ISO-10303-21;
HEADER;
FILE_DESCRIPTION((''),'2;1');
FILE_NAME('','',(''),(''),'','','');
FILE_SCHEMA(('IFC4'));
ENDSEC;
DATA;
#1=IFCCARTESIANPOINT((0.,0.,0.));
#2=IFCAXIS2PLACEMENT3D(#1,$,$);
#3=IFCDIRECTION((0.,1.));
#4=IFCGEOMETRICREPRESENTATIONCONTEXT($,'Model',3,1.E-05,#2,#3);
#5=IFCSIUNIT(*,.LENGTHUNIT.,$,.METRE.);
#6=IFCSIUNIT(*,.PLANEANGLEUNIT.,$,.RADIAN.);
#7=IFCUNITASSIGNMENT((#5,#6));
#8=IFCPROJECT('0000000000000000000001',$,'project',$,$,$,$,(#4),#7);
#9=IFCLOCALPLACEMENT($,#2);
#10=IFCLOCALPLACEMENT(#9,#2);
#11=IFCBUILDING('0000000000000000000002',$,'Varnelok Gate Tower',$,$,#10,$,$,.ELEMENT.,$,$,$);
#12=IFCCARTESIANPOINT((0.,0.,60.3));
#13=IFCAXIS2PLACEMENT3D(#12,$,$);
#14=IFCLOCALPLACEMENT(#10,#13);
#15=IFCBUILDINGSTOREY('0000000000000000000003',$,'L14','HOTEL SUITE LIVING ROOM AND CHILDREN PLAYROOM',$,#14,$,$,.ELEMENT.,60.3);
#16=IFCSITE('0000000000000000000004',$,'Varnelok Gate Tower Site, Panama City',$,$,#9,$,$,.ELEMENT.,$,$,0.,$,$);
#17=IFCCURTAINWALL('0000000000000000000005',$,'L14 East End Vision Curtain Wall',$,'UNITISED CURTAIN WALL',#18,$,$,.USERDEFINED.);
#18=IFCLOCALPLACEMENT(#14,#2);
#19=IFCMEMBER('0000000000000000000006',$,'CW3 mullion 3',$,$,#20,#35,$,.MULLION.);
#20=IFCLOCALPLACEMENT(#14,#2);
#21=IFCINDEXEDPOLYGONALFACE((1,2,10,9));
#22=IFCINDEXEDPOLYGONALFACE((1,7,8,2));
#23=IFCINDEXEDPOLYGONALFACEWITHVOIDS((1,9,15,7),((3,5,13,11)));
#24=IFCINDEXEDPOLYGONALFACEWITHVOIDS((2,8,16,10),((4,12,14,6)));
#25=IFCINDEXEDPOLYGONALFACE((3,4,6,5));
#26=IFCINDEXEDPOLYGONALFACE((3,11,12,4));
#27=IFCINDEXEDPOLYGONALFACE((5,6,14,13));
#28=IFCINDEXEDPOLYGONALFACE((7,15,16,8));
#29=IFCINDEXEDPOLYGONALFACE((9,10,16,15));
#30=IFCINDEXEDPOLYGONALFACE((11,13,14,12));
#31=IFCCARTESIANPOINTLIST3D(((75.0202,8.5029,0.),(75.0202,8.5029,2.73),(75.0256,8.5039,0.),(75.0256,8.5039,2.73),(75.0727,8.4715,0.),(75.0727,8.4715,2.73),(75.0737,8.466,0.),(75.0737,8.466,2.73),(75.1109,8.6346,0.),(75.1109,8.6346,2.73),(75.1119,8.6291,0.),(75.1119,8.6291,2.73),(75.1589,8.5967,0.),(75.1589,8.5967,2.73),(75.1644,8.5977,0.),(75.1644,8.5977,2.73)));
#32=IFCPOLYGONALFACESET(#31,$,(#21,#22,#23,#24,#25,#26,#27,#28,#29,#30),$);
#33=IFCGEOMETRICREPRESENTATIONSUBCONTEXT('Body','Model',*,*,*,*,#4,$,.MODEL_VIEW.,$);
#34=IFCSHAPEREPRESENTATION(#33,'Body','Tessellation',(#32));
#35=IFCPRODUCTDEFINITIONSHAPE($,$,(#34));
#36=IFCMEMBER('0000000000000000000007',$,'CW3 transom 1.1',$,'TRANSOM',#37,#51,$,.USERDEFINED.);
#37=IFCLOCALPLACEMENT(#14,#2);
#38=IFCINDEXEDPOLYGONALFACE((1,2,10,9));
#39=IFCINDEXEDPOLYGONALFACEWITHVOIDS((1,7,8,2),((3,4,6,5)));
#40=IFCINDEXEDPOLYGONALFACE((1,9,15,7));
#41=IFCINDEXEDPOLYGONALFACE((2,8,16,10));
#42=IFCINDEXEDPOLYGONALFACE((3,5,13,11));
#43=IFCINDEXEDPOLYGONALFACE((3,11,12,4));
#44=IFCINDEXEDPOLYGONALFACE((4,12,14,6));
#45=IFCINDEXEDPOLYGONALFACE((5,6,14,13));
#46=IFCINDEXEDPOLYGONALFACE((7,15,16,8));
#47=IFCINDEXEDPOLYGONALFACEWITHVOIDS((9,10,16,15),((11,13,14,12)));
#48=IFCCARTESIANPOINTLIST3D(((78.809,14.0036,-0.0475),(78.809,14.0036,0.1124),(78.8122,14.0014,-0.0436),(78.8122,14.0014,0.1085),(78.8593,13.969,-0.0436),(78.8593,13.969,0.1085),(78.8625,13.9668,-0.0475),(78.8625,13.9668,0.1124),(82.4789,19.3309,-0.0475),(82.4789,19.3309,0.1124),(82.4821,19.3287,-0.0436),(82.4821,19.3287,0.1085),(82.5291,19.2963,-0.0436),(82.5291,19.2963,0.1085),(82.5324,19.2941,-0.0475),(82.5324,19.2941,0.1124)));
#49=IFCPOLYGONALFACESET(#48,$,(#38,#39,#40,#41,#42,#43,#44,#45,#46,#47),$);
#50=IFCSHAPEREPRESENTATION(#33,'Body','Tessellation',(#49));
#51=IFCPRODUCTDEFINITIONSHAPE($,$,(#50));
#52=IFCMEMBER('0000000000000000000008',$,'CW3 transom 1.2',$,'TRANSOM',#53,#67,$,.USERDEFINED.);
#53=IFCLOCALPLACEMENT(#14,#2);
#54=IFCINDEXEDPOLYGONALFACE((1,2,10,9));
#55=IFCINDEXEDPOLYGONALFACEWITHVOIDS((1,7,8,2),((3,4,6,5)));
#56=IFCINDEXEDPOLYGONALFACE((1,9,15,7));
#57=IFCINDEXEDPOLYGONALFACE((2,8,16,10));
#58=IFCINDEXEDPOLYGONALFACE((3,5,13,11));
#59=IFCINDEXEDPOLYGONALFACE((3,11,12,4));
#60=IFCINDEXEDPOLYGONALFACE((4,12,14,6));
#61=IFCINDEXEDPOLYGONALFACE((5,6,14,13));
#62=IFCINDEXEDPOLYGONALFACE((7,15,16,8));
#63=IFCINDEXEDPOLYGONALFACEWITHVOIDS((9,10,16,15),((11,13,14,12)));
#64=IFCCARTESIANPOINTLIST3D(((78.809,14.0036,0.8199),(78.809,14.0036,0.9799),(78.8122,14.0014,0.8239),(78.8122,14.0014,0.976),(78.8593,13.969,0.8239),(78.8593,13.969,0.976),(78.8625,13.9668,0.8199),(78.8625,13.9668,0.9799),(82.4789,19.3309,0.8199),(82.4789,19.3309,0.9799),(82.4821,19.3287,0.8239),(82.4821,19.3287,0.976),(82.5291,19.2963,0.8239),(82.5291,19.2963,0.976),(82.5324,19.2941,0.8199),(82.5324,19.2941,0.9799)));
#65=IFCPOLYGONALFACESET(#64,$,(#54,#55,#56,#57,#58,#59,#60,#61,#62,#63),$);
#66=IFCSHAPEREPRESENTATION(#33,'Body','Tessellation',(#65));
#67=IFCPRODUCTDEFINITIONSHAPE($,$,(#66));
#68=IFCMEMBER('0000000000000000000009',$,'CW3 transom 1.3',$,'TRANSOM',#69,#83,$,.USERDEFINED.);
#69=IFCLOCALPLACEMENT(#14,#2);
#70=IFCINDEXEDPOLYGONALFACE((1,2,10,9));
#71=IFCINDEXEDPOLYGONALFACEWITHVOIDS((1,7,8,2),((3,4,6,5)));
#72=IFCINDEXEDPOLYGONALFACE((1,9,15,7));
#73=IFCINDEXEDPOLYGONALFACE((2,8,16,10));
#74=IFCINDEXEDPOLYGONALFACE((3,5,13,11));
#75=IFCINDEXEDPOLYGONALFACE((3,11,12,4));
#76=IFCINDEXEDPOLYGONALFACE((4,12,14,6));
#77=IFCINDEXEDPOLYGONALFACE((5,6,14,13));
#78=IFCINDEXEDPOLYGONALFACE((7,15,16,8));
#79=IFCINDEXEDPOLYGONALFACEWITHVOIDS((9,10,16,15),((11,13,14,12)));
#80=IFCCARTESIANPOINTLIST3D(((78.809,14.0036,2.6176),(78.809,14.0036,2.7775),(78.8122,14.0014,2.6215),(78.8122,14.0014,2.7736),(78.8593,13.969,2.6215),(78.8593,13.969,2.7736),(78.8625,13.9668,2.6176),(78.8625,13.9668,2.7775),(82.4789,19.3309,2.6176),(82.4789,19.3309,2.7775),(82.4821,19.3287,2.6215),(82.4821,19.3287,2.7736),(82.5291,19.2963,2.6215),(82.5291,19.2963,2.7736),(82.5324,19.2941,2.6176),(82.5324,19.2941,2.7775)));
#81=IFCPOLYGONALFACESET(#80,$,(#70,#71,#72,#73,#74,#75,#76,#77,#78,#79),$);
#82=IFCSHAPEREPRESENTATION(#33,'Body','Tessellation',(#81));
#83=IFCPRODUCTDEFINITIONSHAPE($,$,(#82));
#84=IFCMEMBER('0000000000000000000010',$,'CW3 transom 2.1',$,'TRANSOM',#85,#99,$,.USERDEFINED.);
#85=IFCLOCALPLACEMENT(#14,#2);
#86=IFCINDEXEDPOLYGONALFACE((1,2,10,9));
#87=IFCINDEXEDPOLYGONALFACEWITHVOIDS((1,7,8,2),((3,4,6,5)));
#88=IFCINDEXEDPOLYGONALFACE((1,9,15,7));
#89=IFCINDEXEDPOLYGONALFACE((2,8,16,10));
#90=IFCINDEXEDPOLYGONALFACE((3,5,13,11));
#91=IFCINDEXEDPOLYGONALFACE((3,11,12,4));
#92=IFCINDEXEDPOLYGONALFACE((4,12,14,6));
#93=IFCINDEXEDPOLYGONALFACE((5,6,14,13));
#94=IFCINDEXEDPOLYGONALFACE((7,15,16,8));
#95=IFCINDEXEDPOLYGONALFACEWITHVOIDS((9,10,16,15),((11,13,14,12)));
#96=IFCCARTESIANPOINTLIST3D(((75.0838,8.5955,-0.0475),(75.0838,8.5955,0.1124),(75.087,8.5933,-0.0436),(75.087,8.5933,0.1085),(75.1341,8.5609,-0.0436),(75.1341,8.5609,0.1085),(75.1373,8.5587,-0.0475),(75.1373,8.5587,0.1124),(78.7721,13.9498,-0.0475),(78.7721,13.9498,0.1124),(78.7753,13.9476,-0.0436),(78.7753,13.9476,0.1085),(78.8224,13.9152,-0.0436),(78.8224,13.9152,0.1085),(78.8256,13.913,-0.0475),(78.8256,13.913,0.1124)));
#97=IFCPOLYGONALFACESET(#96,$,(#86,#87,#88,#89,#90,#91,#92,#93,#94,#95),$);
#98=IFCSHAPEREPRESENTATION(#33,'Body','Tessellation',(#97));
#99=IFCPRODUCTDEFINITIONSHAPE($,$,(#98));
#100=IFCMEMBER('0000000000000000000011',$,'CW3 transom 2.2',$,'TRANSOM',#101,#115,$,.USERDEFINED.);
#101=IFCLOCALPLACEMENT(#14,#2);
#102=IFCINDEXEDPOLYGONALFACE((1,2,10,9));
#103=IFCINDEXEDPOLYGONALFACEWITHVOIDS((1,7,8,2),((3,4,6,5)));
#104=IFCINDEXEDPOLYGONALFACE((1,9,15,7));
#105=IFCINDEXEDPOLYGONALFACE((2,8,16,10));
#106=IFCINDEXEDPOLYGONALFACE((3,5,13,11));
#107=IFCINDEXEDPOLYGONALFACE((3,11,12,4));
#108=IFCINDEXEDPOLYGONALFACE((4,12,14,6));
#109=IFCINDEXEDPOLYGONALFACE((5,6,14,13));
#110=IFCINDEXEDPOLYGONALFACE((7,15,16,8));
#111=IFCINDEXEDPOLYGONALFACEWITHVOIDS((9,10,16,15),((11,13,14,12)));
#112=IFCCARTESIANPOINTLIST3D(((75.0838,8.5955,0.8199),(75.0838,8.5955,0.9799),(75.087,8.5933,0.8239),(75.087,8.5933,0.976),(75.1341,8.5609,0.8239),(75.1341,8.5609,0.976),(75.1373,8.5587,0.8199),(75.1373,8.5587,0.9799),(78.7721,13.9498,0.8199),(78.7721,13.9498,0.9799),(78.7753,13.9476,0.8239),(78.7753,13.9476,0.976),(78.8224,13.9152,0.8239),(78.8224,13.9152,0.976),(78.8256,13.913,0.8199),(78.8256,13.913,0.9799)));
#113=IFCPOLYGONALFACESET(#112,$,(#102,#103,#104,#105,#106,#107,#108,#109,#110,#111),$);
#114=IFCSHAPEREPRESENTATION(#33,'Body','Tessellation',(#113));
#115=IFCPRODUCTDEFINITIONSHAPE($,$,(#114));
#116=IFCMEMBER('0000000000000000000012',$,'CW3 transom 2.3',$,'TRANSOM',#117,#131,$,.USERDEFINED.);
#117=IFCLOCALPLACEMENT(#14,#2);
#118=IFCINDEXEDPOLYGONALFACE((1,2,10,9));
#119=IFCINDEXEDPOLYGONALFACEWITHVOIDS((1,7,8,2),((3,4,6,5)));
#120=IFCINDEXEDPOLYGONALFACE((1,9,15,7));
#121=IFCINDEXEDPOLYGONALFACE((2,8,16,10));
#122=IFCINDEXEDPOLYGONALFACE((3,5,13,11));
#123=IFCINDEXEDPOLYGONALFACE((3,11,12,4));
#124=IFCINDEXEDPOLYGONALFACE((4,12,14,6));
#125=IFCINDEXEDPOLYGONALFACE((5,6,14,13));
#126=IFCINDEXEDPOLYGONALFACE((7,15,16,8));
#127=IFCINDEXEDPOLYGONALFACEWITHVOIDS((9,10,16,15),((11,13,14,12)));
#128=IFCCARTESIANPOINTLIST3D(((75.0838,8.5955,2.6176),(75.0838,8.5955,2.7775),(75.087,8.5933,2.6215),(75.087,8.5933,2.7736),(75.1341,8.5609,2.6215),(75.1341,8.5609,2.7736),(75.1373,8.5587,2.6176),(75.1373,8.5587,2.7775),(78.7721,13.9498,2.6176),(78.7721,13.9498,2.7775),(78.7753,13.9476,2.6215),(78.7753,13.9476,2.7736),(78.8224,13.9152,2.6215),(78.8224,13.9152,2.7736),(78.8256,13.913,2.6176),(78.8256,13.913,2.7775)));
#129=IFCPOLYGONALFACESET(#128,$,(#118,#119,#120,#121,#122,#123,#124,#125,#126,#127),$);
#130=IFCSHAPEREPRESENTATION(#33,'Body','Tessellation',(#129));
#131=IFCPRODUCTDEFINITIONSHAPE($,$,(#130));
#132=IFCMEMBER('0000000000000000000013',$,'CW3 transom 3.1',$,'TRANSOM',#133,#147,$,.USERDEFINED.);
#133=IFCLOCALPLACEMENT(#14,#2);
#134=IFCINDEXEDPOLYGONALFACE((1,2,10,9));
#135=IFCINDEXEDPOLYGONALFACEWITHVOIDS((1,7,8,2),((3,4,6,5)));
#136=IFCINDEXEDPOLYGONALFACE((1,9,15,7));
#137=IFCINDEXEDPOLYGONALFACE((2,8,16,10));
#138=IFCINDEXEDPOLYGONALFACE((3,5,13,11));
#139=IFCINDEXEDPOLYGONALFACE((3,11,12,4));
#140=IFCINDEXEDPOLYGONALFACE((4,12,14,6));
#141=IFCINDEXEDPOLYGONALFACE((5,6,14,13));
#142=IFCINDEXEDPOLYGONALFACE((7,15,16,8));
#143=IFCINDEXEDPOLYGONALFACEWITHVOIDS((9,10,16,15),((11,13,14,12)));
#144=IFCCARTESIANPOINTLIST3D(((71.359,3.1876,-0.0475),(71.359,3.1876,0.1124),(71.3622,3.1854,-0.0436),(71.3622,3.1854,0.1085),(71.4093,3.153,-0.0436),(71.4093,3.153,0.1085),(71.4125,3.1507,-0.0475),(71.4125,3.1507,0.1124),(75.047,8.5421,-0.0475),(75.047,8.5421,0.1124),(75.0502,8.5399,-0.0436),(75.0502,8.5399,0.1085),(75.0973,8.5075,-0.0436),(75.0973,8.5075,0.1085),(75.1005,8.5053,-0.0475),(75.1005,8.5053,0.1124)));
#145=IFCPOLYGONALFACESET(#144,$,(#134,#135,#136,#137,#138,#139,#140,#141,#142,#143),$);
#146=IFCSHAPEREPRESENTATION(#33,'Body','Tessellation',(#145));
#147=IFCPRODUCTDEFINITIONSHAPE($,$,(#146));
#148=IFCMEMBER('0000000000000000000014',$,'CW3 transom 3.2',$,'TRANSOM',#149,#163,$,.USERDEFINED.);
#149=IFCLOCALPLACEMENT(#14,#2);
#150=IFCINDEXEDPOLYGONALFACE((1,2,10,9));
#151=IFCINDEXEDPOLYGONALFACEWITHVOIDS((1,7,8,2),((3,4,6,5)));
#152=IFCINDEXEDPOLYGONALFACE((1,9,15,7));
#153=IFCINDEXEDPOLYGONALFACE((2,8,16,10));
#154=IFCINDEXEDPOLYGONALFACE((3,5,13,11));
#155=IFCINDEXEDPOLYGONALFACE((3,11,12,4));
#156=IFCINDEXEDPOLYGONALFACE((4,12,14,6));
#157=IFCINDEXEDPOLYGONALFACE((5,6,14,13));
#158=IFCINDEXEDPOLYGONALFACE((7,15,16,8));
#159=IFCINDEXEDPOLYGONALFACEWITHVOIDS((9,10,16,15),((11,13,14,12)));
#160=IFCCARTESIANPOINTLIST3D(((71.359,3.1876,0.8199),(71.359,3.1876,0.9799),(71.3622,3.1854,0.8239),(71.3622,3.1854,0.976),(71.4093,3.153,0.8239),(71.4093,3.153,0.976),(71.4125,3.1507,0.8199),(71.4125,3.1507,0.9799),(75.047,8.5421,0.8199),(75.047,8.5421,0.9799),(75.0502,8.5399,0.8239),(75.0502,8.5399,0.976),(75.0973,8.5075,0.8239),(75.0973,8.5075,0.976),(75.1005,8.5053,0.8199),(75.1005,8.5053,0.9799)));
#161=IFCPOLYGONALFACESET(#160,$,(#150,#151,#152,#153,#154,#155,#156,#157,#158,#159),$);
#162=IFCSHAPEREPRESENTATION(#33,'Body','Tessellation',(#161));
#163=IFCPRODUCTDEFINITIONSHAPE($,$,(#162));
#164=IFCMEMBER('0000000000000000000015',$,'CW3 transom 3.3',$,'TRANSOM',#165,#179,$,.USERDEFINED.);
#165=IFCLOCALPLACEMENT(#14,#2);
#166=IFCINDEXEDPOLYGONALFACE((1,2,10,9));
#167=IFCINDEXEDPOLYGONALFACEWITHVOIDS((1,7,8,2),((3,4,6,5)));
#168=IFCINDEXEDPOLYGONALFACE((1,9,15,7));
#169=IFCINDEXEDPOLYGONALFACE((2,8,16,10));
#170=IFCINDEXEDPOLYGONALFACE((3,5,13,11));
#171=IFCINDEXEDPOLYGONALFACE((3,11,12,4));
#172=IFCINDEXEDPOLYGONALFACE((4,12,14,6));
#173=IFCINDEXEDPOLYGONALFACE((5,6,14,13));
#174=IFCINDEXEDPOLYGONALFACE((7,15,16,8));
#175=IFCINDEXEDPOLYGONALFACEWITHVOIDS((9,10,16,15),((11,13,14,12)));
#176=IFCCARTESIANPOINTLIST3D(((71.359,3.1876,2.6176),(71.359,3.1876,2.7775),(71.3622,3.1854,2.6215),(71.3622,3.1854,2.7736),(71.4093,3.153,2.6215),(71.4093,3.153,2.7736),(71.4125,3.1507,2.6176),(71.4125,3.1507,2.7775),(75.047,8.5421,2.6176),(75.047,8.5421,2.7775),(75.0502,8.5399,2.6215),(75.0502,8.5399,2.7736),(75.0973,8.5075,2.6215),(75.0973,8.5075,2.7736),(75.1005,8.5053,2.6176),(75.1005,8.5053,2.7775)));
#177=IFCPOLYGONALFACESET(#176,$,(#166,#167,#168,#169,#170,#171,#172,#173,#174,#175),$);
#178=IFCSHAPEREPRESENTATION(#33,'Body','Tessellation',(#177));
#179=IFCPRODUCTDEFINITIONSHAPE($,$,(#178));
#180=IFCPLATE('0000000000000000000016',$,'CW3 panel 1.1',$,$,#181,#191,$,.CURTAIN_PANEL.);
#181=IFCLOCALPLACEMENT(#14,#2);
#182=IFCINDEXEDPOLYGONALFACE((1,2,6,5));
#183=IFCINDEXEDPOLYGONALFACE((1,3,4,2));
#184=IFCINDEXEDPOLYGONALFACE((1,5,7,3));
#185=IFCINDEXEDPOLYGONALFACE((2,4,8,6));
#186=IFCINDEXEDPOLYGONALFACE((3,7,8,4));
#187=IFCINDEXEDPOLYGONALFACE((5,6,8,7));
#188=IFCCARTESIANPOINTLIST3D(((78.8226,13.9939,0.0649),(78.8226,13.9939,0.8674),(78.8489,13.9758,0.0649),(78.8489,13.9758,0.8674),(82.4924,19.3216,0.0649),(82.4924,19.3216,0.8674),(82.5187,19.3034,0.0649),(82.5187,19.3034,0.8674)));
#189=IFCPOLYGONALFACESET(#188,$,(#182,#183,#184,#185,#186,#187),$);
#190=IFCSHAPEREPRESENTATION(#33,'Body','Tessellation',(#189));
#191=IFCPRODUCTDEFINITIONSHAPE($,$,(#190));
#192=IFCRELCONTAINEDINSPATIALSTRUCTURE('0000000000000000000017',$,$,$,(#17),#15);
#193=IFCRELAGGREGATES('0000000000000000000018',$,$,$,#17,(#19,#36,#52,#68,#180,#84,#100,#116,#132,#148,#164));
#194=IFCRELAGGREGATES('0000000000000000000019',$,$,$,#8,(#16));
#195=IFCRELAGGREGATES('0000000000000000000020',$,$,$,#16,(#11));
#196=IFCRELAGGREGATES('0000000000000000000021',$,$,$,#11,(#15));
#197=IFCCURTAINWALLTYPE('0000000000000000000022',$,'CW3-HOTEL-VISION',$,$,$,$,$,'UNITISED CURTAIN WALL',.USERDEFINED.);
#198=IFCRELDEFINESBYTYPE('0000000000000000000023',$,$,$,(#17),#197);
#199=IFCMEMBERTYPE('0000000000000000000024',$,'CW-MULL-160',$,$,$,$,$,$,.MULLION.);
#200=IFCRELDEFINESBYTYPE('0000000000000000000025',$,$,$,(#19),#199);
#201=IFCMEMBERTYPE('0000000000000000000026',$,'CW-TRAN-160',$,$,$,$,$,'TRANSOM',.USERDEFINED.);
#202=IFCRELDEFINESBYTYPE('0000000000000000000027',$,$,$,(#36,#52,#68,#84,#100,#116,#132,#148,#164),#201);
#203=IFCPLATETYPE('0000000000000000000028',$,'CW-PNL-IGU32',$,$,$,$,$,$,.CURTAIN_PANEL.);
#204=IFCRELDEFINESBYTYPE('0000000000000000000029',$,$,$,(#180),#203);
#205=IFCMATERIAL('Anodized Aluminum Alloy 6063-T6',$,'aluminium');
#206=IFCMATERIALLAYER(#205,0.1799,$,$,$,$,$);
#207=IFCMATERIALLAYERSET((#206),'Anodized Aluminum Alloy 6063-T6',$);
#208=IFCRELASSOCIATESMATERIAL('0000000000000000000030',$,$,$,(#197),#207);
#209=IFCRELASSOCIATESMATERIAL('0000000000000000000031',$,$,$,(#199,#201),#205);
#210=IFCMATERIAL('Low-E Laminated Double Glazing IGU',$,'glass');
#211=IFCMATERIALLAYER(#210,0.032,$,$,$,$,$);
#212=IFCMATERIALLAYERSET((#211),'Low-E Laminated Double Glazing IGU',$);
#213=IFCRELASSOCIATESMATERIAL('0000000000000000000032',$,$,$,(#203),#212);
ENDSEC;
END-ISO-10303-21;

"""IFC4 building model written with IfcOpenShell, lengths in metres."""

from ifc_helpers import new_model, si_unit, direction, frame, origin, origin_2d, place, context, subcontext, project, spatial, rectangle, hollow_rectangle, extrude, source, transform, mapped, material, layer, layer_set, material_profile, profile_set, type_object, element, aggregate, save


model = new_model("IFC4")

# Units and contexts
model_context = context("Model", 3, precision=1e-05, world=origin(), true_north=direction((0.0, 1.0)))
body_context = subcontext(model_context, "Body", "Model", "MODEL_VIEW")
ifc_project = project(units=[si_unit("LENGTHUNIT", "METRE"), si_unit("PLANEANGLEUNIT", "RADIAN")], contexts=[model_context])

# Site, building, storey
site_placement = place(None, origin())
site = spatial("IfcSite", under=ifc_project, at=site_placement, Name="Varnelok Gate Tower Site, Panama City", CompositionType="ELEMENT", RefElevation=0.0)
building_placement = place(site_placement, origin())
building = spatial("IfcBuilding", under=site, at=building_placement, Name="Varnelok Gate Tower", CompositionType="ELEMENT")
storey_placement = place(building_placement, frame((0.0, 0.0, 60.3)))
storey = spatial("IfcBuildingStorey", under=building, at=storey_placement, Name="L14", Description="HOTEL SUITE LIVING ROOM AND CHILDREN PLAYROOM", CompositionType="ELEMENT", Elevation=60.3)

# Curtain wall, members, plate
ifc_material_1 = material(Name="Anodized Aluminum Alloy 6063-T6", Category="aluminium")
ifc_layer_1 = layer(ifc_material_1, 0.1799)
ifc_layer_set_1 = layer_set([ifc_layer_1], Name="Anodized Aluminum Alloy 6063-T6")
curtain_wall_type = type_object("IfcCurtainWallType", Name="CW3-HOTEL-VISION", ElementType="UNITISED CURTAIN WALL", PredefinedType="USERDEFINED", material=ifc_layer_set_1)
curtain_wall_placement = place(storey_placement, origin())
curtain_wall = element("IfcCurtainWall", 1, at=curtain_wall_placement, inside=storey, type_object=curtain_wall_type, Name="L14 East End Vision Curtain Wall", ObjectType="UNITISED CURTAIN WALL", PredefinedType="USERDEFINED")
ifc_material_profile_1 = material_profile(ifc_material_1, hollow_rectangle(XDim=0.0649, YDim=0.1599, WallThickness=0.0039, at=origin_2d()), Name="ALU160X65X4")
ifc_profile_set_1 = profile_set([ifc_material_profile_1], Name="Anodized Aluminum Alloy 6063-T6")
member_type_1 = type_object("IfcMemberType", Name="CW-MULL-160", PredefinedType="MULLION", material=ifc_profile_set_1)
member_1_placement = place(storey_placement, frame((75.0923, 8.5503, 0.0), z_axis=(0.0, 0.0, 1.0), x_axis=(0.823533, -0.567269, 0.0)))
member_1 = element("IfcMember", 2, at=member_1_placement, type_object=member_type_1, Name="CW3 mullion 3", PredefinedType="MULLION", context=body_context, shape_type="SweptSolid", body=[
    extrude(hollow_rectangle(XDim=0.0649, YDim=0.1599, WallThickness=0.0039, at=origin_2d()), origin(), (0.0, 0.0, 1.0), 2.73),
])
ifc_material_profile_2 = material_profile(ifc_material_1, hollow_rectangle(XDim=0.0649, YDim=0.1599, WallThickness=0.0039, at=origin_2d()), Name="ALU160X65X4")
ifc_profile_set_2 = profile_set([ifc_material_profile_2], Name="Anodized Aluminum Alloy 6063-T6")
member_type_2 = type_object("IfcMemberType", Name="CW-TRAN-160", ElementType="TRANSOM", PredefinedType="USERDEFINED", material=ifc_profile_set_2)
member_2_placement = place(storey_placement, frame((82.5056, 19.3125, 0.0325), z_axis=(-0.567299, -0.823512, 0.0), x_axis=(0.823512, -0.567299, 0.0)))
member_2 = element("IfcMember", 3, at=member_2_placement, type_object=member_type_2, Name="CW3 transom 1.1", ObjectType="TRANSOM", PredefinedType="USERDEFINED", context=body_context, shape_type="SweptSolid", body=[
    extrude(hollow_rectangle(XDim=0.0649, YDim=0.1599, WallThickness=0.0039, at=origin_2d()), origin(), (0.0, 0.0, 1.0), 6.469),
])
member_3_placement = place(storey_placement, frame((82.5056, 19.3125, 0.8999), z_axis=(-0.567299, -0.823512, 0.0), x_axis=(0.823512, -0.567299, 0.0)))
member_3 = element("IfcMember", 4, at=member_3_placement, type_object=member_type_2, Name="CW3 transom 1.2", ObjectType="TRANSOM", PredefinedType="USERDEFINED", context=body_context, shape_type="SweptSolid", body=[
    extrude(hollow_rectangle(XDim=0.0649, YDim=0.1599, WallThickness=0.0039, at=origin_2d()), origin(), (0.0, 0.0, 1.0), 6.469),
])
member_4_placement = place(storey_placement, frame((82.5056, 19.3125, 2.6975), z_axis=(-0.567299, -0.823512, 0.0), x_axis=(0.823512, -0.567299, 0.0)))
member_4 = element("IfcMember", 5, at=member_4_placement, type_object=member_type_2, Name="CW3 transom 1.3", ObjectType="TRANSOM", PredefinedType="USERDEFINED", context=body_context, shape_type="SweptSolid", body=[
    extrude(hollow_rectangle(XDim=0.0649, YDim=0.1599, WallThickness=0.0039, at=origin_2d()), origin(), (0.0, 0.0, 1.0), 6.469),
])
member_5_placement = place(storey_placement, frame((78.7988, 13.9314, 0.0325), z_axis=(-0.567279, -0.823526, 0.0), x_axis=(0.823526, -0.567279, 0.0)))
member_5 = element("IfcMember", 6, at=member_5_placement, type_object=member_type_2, Name="CW3 transom 2.1", ObjectType="TRANSOM", PredefinedType="USERDEFINED", context=body_context, shape_type="SweptSolid", body=[
    extrude(hollow_rectangle(XDim=0.0649, YDim=0.1599, WallThickness=0.0039, at=origin_2d()), origin(), (0.0, 0.0, 1.0), 6.5017),
])
member_6_placement = place(storey_placement, frame((78.7988, 13.9314, 0.8999), z_axis=(-0.567279, -0.823526, 0.0), x_axis=(0.823526, -0.567279, 0.0)))
member_6 = element("IfcMember", 7, at=member_6_placement, type_object=member_type_2, Name="CW3 transom 2.2", ObjectType="TRANSOM", PredefinedType="USERDEFINED", context=body_context, shape_type="SweptSolid", body=[
    extrude(hollow_rectangle(XDim=0.0649, YDim=0.1599, WallThickness=0.0039, at=origin_2d()), origin(), (0.0, 0.0, 1.0), 6.5017),
])
member_7_placement = place(storey_placement, frame((78.7988, 13.9314, 2.6975), z_axis=(-0.567279, -0.823526, 0.0), x_axis=(0.823526, -0.567279, 0.0)))
member_7 = element("IfcMember", 8, at=member_7_placement, type_object=member_type_2, Name="CW3 transom 2.3", ObjectType="TRANSOM", PredefinedType="USERDEFINED", context=body_context, shape_type="SweptSolid", body=[
    extrude(hollow_rectangle(XDim=0.0649, YDim=0.1599, WallThickness=0.0039, at=origin_2d()), origin(), (0.0, 0.0, 1.0), 6.5017),
])
member_8_placement = place(storey_placement, frame((75.0737, 8.5237, 0.0325), z_axis=(-0.567236, -0.823555, 0.0), x_axis=(0.823555, -0.567236, 0.0)))
member_8 = element("IfcMember", 9, at=member_8_placement, type_object=member_type_2, Name="CW3 transom 3.1", ObjectType="TRANSOM", PredefinedType="USERDEFINED", context=body_context, shape_type="SweptSolid", body=[
    extrude(hollow_rectangle(XDim=0.0649, YDim=0.1599, WallThickness=0.0039, at=origin_2d()), origin(), (0.0, 0.0, 1.0), 6.5017),
])
member_9_placement = place(storey_placement, frame((75.0737, 8.5237, 0.8999), z_axis=(-0.567236, -0.823555, 0.0), x_axis=(0.823555, -0.567236, 0.0)))
member_9 = element("IfcMember", 10, at=member_9_placement, type_object=member_type_2, Name="CW3 transom 3.2", ObjectType="TRANSOM", PredefinedType="USERDEFINED", context=body_context, shape_type="SweptSolid", body=[
    extrude(hollow_rectangle(XDim=0.0649, YDim=0.1599, WallThickness=0.0039, at=origin_2d()), origin(), (0.0, 0.0, 1.0), 6.5017),
])
member_10_placement = place(storey_placement, frame((75.0737, 8.5237, 2.6975), z_axis=(-0.567236, -0.823555, 0.0), x_axis=(0.823555, -0.567236, 0.0)))
member_10 = element("IfcMember", 11, at=member_10_placement, type_object=member_type_2, Name="CW3 transom 3.3", ObjectType="TRANSOM", PredefinedType="USERDEFINED", context=body_context, shape_type="SweptSolid", body=[
    extrude(hollow_rectangle(XDim=0.0649, YDim=0.1599, WallThickness=0.0039, at=origin_2d()), origin(), (0.0, 0.0, 1.0), 6.5017),
])
ifc_material_2 = material(Name="Low-E Laminated Double Glazing IGU", Category="glass")
ifc_layer_2 = layer(ifc_material_2, 0.032)
ifc_layer_set_2 = layer_set([ifc_layer_2], Name="Low-E Laminated Double Glazing IGU")
plate_type = type_object("IfcPlateType", Name="CW-PNL-IGU32", PredefinedType="CURTAIN_PANEL", material=ifc_layer_set_2)
shared_shape_1 = source(origin(), body_context, "Body", "SweptSolid", [
    extrude(rectangle(XDim=6.4692, YDim=0.032, at=origin_2d()), origin(), (0.0, 0.0, 1.0), 0.8025),
])
plate_1_placement = place(storey_placement, frame((80.6707, 16.6487, 0.0649), z_axis=(0.0, 0.0, 1.0), x_axis=(-0.567269, -0.823533, 0.0)))
plate_1 = element("IfcPlate", 12, at=plate_1_placement, type_object=plate_type, Name="CW3 panel 1.1", PredefinedType="CURTAIN_PANEL", context=body_context, shape_type="MappedRepresentation", body=[
    mapped(shared_shape_1, transform((0.0, 0.0, 0.0), scale=1.0)),
])
aggregate(curtain_wall, [member_1, member_2, member_3, member_4, plate_1, member_5, member_6, member_7, member_8, member_9, member_10])

save(model, "model.ifc")
